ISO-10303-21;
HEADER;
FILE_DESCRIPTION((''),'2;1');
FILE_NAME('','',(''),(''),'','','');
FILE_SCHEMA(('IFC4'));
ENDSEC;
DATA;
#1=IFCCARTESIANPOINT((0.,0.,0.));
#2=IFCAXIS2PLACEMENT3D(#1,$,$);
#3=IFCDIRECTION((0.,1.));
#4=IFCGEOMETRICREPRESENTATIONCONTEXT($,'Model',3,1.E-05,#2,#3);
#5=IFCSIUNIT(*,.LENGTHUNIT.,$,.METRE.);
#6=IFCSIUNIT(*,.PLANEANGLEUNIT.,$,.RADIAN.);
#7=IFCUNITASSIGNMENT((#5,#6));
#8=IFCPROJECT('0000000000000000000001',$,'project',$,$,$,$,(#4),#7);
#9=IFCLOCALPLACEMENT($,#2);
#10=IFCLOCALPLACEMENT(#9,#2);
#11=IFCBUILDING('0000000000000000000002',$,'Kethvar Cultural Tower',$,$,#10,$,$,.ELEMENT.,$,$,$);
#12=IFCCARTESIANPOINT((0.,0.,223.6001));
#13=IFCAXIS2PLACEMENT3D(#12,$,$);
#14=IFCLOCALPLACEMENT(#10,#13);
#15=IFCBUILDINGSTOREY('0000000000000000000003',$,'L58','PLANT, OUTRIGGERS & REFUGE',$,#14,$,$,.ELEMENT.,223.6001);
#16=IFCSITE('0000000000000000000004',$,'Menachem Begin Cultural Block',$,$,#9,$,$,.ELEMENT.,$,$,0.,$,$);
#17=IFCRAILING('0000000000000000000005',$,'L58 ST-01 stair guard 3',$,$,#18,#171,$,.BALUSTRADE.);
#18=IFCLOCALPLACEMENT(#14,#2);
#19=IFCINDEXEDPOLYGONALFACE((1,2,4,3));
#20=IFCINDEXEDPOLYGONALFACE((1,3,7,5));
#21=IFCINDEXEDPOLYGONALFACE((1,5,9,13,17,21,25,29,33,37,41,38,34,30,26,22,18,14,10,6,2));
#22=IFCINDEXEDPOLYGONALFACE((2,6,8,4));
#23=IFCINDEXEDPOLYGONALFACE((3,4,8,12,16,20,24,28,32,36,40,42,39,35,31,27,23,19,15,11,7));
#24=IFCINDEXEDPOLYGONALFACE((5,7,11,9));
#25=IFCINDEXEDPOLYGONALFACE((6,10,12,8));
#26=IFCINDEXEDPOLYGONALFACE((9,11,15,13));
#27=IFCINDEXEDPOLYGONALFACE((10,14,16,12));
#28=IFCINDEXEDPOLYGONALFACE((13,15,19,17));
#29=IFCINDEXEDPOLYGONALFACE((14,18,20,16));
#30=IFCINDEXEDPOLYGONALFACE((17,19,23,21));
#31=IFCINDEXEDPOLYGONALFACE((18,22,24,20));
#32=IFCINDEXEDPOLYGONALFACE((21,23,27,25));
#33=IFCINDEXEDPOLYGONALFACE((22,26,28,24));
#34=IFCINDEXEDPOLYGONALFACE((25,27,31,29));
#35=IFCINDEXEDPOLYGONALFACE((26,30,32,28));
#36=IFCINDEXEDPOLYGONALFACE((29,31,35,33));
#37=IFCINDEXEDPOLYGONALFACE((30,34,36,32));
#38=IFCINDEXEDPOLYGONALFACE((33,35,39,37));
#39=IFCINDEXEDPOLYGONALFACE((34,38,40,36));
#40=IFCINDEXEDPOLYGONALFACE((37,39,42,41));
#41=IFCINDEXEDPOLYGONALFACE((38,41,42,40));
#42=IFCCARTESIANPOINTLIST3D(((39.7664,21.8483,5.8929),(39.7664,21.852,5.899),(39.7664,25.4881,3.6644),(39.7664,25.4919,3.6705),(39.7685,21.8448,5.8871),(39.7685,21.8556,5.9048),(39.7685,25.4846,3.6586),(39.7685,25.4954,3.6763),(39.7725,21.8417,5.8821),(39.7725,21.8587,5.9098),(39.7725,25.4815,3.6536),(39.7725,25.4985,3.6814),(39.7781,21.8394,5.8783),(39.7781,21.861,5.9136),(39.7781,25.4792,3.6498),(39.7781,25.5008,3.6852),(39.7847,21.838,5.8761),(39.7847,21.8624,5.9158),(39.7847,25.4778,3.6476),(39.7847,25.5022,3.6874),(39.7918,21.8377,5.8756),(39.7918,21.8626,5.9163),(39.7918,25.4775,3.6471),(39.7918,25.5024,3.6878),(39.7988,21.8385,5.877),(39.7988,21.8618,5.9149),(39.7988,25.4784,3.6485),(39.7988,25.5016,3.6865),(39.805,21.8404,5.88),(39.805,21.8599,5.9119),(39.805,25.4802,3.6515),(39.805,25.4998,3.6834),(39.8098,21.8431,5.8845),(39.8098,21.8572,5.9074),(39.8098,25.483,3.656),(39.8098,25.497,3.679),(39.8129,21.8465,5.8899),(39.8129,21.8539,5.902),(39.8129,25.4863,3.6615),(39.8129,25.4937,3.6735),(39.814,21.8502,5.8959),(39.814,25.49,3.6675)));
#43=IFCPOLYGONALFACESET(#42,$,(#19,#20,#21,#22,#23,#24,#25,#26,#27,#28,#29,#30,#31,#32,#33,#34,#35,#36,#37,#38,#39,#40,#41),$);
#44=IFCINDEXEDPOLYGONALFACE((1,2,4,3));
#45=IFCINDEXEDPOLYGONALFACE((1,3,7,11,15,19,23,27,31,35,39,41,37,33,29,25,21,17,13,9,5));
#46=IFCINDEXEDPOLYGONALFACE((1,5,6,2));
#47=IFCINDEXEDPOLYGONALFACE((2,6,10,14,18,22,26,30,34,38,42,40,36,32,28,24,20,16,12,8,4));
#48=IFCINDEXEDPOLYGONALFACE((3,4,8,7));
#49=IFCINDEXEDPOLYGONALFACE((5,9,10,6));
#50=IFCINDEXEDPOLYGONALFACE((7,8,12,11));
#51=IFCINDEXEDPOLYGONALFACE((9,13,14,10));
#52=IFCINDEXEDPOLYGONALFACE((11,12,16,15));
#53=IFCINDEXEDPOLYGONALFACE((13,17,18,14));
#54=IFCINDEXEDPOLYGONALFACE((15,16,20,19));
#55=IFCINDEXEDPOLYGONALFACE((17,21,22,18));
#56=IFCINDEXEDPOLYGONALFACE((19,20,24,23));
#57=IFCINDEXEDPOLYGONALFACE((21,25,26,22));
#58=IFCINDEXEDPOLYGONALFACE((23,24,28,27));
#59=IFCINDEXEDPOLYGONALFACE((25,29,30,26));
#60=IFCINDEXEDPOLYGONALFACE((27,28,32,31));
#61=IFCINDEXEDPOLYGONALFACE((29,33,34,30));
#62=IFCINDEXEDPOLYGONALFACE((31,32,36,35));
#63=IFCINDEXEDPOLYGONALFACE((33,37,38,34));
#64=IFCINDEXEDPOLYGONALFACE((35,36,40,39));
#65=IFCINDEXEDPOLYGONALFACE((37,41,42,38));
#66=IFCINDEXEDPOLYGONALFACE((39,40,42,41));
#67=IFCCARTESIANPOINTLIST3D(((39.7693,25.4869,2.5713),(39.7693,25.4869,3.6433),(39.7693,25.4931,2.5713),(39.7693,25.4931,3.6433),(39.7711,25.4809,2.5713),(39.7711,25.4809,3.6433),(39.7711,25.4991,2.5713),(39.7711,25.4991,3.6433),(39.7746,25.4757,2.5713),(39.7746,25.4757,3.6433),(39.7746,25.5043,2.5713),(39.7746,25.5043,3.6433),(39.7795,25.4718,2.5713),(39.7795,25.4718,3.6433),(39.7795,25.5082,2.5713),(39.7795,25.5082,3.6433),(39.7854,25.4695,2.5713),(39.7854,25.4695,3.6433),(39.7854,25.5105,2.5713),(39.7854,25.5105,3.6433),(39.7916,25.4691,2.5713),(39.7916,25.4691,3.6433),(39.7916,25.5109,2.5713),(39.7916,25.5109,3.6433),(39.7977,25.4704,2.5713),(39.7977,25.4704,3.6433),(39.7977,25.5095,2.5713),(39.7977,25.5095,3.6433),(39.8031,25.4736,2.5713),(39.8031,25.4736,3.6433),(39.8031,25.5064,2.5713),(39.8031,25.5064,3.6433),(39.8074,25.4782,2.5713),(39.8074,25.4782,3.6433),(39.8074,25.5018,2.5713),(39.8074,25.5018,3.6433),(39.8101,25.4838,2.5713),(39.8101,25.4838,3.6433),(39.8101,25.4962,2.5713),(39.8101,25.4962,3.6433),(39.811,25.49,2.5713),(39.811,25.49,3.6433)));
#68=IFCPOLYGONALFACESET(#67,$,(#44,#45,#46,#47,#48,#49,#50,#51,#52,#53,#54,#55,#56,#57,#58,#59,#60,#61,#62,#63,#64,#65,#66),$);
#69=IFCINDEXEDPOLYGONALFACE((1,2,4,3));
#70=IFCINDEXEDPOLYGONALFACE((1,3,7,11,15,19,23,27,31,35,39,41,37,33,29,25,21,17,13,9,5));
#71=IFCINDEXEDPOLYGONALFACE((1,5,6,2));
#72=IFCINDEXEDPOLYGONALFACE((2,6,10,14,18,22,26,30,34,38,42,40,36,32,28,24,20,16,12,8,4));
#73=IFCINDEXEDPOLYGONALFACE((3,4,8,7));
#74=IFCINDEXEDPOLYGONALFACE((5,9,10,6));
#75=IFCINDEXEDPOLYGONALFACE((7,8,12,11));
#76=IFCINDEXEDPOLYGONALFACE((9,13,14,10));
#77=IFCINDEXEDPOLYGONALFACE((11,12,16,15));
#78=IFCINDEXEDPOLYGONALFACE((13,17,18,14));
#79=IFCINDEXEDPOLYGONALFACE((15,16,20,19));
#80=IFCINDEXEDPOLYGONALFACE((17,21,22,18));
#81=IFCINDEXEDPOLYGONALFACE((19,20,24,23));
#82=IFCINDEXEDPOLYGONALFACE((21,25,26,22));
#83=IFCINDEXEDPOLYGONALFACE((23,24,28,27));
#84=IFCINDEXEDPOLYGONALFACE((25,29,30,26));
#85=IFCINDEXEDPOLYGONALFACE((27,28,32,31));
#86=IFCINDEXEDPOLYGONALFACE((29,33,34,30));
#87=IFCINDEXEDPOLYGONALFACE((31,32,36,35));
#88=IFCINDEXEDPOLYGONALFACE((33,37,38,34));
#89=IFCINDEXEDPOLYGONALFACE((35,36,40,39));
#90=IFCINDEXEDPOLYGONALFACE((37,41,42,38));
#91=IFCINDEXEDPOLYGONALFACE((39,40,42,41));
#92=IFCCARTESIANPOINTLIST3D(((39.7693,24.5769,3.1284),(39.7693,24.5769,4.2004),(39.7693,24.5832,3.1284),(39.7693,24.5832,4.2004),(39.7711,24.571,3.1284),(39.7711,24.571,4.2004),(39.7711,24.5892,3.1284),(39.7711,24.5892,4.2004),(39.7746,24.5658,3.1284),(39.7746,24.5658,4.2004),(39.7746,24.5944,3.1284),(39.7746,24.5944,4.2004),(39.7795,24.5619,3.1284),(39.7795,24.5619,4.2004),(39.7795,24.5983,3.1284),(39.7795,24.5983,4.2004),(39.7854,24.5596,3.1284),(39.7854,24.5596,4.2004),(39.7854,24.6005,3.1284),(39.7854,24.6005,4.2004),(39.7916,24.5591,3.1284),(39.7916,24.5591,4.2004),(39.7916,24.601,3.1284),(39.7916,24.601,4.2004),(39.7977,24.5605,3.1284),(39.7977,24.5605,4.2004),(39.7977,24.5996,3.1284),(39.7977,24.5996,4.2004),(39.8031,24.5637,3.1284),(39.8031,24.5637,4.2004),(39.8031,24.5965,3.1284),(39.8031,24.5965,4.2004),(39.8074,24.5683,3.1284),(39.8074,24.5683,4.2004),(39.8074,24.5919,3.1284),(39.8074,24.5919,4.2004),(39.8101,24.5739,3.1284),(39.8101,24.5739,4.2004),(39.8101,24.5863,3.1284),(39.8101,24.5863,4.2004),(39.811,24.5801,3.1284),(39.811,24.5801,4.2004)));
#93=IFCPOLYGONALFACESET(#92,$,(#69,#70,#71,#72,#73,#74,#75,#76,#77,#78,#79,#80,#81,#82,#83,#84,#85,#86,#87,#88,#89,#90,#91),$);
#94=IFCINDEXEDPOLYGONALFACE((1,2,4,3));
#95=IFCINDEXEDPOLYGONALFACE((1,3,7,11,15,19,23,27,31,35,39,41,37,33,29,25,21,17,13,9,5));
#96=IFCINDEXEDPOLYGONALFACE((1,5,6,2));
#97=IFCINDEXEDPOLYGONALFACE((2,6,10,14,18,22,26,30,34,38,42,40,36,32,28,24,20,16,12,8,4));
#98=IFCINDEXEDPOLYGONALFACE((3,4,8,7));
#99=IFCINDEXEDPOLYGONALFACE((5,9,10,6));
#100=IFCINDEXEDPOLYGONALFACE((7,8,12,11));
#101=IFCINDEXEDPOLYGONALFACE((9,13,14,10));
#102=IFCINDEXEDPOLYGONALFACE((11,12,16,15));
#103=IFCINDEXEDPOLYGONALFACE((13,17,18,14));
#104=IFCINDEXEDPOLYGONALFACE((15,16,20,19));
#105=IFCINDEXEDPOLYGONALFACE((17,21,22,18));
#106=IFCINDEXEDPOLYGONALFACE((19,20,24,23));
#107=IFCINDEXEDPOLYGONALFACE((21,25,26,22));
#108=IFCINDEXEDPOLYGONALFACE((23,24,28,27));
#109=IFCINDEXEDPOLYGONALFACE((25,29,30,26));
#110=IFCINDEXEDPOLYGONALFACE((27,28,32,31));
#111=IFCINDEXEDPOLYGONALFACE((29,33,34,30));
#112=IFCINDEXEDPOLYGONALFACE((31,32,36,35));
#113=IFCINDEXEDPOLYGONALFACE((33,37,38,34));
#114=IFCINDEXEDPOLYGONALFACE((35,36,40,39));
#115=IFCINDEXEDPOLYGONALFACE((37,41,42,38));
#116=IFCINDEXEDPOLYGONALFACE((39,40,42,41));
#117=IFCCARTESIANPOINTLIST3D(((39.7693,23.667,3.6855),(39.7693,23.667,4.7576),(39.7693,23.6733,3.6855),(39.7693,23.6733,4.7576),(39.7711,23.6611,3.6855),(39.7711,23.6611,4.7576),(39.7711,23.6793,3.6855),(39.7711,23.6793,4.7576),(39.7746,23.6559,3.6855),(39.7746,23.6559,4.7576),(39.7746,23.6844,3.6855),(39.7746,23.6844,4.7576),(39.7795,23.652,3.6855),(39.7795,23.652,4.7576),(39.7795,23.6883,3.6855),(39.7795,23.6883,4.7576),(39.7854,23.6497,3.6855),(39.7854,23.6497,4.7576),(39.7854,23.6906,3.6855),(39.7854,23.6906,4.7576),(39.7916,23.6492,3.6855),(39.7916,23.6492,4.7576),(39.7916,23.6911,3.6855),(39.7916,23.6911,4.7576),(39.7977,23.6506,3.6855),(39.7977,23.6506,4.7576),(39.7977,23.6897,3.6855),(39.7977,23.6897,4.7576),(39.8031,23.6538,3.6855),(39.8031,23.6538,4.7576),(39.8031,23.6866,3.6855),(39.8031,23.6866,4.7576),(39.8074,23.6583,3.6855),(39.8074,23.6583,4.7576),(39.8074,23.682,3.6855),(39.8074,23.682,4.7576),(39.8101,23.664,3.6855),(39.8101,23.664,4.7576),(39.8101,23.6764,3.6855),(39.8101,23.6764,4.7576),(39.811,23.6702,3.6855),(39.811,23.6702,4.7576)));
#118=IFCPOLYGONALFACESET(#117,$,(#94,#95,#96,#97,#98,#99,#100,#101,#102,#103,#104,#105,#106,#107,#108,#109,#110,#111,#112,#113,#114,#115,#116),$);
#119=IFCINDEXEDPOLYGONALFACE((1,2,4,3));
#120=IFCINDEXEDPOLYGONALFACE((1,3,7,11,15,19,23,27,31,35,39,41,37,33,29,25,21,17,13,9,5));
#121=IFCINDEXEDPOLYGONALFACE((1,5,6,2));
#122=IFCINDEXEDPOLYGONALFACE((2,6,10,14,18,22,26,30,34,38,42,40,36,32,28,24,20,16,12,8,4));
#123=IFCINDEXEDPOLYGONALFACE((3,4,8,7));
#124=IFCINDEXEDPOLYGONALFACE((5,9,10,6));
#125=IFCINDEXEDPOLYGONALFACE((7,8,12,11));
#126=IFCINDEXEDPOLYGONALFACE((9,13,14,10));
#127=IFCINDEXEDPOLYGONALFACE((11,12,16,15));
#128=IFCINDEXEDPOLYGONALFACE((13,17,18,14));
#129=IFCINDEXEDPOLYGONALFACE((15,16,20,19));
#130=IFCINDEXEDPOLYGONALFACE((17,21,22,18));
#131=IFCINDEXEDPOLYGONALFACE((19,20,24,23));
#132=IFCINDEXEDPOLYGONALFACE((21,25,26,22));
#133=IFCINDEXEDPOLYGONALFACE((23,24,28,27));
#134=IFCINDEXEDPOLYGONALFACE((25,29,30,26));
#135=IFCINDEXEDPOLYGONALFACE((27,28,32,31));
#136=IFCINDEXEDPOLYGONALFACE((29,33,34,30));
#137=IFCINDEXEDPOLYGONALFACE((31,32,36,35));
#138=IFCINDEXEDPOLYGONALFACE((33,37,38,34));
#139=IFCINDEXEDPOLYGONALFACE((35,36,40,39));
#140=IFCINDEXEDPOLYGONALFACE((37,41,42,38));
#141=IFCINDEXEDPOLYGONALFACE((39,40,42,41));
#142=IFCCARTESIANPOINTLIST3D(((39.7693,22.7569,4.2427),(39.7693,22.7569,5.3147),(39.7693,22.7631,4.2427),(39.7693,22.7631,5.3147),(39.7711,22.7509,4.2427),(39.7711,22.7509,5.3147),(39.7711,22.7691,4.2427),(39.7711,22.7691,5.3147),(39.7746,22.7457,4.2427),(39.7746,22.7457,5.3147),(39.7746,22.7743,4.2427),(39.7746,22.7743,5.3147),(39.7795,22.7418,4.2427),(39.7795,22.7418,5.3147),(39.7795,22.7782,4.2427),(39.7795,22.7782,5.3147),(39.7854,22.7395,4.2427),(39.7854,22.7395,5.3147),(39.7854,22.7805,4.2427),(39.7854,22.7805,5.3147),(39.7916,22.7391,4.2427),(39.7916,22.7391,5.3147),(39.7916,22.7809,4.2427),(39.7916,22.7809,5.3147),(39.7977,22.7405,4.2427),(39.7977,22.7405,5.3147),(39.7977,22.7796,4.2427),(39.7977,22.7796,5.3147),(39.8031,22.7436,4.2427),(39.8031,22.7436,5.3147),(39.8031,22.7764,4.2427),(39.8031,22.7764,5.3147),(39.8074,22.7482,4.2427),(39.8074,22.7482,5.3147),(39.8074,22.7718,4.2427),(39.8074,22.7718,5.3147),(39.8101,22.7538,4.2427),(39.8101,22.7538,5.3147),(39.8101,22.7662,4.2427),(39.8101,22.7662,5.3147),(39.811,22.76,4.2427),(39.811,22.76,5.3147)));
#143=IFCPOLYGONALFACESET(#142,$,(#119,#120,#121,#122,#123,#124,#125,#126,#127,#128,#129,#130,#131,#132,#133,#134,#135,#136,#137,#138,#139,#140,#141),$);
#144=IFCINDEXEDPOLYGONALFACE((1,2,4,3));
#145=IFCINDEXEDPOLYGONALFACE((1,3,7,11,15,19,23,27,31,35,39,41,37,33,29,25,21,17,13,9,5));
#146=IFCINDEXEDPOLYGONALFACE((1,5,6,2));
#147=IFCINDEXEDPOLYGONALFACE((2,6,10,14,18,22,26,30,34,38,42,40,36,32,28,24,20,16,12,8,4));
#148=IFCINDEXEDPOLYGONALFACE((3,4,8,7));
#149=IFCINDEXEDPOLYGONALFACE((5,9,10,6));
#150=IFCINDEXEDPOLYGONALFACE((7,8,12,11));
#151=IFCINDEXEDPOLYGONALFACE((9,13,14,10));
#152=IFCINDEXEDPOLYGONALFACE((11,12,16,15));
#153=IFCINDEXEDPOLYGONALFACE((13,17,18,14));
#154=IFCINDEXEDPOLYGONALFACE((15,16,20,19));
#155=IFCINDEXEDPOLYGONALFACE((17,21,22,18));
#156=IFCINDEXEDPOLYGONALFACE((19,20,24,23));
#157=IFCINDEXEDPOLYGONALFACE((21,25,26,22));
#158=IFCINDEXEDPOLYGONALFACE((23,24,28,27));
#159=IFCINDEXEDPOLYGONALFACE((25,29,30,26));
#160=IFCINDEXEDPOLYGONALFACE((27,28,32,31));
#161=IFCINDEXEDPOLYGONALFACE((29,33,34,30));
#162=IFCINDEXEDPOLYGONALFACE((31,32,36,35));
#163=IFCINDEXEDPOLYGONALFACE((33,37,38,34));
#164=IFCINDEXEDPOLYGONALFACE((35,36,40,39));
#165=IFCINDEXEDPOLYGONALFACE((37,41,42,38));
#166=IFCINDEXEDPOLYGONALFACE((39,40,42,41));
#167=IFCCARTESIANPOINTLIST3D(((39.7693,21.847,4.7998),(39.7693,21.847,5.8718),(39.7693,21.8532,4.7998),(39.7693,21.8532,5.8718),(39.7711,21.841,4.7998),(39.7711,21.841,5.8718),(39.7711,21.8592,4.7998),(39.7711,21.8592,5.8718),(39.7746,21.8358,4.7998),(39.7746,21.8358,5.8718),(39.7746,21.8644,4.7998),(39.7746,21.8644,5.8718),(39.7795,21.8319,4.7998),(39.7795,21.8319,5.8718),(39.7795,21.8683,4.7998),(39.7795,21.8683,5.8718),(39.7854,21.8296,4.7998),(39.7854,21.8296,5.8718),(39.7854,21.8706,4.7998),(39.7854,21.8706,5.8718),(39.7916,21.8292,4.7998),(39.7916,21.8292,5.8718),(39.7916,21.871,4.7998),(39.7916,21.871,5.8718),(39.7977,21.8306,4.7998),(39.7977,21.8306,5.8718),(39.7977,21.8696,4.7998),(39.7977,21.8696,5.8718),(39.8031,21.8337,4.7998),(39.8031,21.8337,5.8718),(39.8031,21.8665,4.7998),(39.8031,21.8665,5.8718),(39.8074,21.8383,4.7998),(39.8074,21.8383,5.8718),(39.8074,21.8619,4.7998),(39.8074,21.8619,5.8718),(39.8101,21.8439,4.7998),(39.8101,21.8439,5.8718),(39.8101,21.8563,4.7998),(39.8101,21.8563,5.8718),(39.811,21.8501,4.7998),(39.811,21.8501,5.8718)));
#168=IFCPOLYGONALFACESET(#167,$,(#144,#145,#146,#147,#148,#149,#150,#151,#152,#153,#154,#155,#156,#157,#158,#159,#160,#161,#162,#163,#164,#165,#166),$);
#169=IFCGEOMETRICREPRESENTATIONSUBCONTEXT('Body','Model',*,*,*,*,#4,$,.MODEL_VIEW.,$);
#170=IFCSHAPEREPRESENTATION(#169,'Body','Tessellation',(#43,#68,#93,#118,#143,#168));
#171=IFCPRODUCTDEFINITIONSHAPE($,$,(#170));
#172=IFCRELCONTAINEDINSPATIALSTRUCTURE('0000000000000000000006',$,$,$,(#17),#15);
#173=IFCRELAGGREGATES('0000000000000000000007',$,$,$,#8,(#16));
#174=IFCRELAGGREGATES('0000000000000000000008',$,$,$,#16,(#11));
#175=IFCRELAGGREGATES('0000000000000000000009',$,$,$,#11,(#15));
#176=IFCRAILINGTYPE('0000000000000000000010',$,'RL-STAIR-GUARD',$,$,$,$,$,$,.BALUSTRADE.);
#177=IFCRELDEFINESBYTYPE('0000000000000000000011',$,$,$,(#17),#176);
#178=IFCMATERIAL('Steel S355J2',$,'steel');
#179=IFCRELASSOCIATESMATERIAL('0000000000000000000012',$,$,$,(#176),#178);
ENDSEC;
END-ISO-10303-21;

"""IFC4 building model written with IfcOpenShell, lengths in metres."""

from ifc_helpers import new_model, si_unit, direction, frame, origin, origin_2d, place, context, subcontext, project, spatial, circle, extrude, material, type_object, element, save


model = new_model("IFC4")

# Units and contexts
model_context = context("Model", 3, precision=1e-05, world=origin(), true_north=direction((0.0, 1.0)))
body_context = subcontext(model_context, "Body", "Model", "MODEL_VIEW")
ifc_project = project(units=[si_unit("LENGTHUNIT", "METRE"), si_unit("PLANEANGLEUNIT", "RADIAN")], contexts=[model_context])

# Site, building, storey
site_placement = place(None, origin())
site = spatial("IfcSite", under=ifc_project, at=site_placement, Name="Menachem Begin Cultural Block", CompositionType="ELEMENT", RefElevation=0.0)
building_placement = place(site_placement, origin())
building = spatial("IfcBuilding", under=site, at=building_placement, Name="Kethvar Cultural Tower", CompositionType="ELEMENT")
storey_placement = place(building_placement, frame((0.0, 0.0, 223.6001)))
storey = spatial("IfcBuildingStorey", under=building, at=storey_placement, Name="L58", Description="PLANT, OUTRIGGERS & REFUGE", CompositionType="ELEMENT", Elevation=223.6001)

# Shared definitions
ifc_material_1 = material(Name="Steel S355J2", Category="steel")

# Railing
railing_type_1 = type_object("IfcRailingType", Name="RL-STAIR-GUARD", PredefinedType="BALUSTRADE", material=ifc_material_1)
railing_1_placement = place(storey_placement, frame((39.79, 25.49, 2.5713)))
element("IfcRailing", 1, at=railing_1_placement, inside=storey, type_object=railing_type_1, Name="L58 ST-01 stair guard 3", PredefinedType="BALUSTRADE", context=body_context, shape_type="SweptSolid", body=[
    extrude(circle(Radius=0.0239, at=origin_2d()), frame((0.0, 0.0, 1.0962), z_axis=(0.0, -0.85285, 0.522156), x_axis=(1.0, 0.0, 0.0)), (0.0, 0.0, 1.0), 4.2678),
    extrude(circle(Radius=0.021, at=origin_2d()), origin(), (0.0, 0.0, 1.0), 1.072),
    extrude(circle(Radius=0.021, at=origin_2d()), frame((0.0, -0.9099, 0.5571)), (0.0, 0.0, 1.0), 1.072),
    extrude(circle(Radius=0.021, at=origin_2d()), frame((0.0, -1.8198, 1.1143)), (0.0, 0.0, 1.0), 1.072),
    extrude(circle(Radius=0.021, at=origin_2d()), frame((0.0, -2.73, 1.6714)), (0.0, 0.0, 1.0), 1.072),
    extrude(circle(Radius=0.021, at=origin_2d()), frame((0.0, -3.6399, 2.2285)), (0.0, 0.0, 1.0), 1.072),
])

save(model, "model.ifc")
